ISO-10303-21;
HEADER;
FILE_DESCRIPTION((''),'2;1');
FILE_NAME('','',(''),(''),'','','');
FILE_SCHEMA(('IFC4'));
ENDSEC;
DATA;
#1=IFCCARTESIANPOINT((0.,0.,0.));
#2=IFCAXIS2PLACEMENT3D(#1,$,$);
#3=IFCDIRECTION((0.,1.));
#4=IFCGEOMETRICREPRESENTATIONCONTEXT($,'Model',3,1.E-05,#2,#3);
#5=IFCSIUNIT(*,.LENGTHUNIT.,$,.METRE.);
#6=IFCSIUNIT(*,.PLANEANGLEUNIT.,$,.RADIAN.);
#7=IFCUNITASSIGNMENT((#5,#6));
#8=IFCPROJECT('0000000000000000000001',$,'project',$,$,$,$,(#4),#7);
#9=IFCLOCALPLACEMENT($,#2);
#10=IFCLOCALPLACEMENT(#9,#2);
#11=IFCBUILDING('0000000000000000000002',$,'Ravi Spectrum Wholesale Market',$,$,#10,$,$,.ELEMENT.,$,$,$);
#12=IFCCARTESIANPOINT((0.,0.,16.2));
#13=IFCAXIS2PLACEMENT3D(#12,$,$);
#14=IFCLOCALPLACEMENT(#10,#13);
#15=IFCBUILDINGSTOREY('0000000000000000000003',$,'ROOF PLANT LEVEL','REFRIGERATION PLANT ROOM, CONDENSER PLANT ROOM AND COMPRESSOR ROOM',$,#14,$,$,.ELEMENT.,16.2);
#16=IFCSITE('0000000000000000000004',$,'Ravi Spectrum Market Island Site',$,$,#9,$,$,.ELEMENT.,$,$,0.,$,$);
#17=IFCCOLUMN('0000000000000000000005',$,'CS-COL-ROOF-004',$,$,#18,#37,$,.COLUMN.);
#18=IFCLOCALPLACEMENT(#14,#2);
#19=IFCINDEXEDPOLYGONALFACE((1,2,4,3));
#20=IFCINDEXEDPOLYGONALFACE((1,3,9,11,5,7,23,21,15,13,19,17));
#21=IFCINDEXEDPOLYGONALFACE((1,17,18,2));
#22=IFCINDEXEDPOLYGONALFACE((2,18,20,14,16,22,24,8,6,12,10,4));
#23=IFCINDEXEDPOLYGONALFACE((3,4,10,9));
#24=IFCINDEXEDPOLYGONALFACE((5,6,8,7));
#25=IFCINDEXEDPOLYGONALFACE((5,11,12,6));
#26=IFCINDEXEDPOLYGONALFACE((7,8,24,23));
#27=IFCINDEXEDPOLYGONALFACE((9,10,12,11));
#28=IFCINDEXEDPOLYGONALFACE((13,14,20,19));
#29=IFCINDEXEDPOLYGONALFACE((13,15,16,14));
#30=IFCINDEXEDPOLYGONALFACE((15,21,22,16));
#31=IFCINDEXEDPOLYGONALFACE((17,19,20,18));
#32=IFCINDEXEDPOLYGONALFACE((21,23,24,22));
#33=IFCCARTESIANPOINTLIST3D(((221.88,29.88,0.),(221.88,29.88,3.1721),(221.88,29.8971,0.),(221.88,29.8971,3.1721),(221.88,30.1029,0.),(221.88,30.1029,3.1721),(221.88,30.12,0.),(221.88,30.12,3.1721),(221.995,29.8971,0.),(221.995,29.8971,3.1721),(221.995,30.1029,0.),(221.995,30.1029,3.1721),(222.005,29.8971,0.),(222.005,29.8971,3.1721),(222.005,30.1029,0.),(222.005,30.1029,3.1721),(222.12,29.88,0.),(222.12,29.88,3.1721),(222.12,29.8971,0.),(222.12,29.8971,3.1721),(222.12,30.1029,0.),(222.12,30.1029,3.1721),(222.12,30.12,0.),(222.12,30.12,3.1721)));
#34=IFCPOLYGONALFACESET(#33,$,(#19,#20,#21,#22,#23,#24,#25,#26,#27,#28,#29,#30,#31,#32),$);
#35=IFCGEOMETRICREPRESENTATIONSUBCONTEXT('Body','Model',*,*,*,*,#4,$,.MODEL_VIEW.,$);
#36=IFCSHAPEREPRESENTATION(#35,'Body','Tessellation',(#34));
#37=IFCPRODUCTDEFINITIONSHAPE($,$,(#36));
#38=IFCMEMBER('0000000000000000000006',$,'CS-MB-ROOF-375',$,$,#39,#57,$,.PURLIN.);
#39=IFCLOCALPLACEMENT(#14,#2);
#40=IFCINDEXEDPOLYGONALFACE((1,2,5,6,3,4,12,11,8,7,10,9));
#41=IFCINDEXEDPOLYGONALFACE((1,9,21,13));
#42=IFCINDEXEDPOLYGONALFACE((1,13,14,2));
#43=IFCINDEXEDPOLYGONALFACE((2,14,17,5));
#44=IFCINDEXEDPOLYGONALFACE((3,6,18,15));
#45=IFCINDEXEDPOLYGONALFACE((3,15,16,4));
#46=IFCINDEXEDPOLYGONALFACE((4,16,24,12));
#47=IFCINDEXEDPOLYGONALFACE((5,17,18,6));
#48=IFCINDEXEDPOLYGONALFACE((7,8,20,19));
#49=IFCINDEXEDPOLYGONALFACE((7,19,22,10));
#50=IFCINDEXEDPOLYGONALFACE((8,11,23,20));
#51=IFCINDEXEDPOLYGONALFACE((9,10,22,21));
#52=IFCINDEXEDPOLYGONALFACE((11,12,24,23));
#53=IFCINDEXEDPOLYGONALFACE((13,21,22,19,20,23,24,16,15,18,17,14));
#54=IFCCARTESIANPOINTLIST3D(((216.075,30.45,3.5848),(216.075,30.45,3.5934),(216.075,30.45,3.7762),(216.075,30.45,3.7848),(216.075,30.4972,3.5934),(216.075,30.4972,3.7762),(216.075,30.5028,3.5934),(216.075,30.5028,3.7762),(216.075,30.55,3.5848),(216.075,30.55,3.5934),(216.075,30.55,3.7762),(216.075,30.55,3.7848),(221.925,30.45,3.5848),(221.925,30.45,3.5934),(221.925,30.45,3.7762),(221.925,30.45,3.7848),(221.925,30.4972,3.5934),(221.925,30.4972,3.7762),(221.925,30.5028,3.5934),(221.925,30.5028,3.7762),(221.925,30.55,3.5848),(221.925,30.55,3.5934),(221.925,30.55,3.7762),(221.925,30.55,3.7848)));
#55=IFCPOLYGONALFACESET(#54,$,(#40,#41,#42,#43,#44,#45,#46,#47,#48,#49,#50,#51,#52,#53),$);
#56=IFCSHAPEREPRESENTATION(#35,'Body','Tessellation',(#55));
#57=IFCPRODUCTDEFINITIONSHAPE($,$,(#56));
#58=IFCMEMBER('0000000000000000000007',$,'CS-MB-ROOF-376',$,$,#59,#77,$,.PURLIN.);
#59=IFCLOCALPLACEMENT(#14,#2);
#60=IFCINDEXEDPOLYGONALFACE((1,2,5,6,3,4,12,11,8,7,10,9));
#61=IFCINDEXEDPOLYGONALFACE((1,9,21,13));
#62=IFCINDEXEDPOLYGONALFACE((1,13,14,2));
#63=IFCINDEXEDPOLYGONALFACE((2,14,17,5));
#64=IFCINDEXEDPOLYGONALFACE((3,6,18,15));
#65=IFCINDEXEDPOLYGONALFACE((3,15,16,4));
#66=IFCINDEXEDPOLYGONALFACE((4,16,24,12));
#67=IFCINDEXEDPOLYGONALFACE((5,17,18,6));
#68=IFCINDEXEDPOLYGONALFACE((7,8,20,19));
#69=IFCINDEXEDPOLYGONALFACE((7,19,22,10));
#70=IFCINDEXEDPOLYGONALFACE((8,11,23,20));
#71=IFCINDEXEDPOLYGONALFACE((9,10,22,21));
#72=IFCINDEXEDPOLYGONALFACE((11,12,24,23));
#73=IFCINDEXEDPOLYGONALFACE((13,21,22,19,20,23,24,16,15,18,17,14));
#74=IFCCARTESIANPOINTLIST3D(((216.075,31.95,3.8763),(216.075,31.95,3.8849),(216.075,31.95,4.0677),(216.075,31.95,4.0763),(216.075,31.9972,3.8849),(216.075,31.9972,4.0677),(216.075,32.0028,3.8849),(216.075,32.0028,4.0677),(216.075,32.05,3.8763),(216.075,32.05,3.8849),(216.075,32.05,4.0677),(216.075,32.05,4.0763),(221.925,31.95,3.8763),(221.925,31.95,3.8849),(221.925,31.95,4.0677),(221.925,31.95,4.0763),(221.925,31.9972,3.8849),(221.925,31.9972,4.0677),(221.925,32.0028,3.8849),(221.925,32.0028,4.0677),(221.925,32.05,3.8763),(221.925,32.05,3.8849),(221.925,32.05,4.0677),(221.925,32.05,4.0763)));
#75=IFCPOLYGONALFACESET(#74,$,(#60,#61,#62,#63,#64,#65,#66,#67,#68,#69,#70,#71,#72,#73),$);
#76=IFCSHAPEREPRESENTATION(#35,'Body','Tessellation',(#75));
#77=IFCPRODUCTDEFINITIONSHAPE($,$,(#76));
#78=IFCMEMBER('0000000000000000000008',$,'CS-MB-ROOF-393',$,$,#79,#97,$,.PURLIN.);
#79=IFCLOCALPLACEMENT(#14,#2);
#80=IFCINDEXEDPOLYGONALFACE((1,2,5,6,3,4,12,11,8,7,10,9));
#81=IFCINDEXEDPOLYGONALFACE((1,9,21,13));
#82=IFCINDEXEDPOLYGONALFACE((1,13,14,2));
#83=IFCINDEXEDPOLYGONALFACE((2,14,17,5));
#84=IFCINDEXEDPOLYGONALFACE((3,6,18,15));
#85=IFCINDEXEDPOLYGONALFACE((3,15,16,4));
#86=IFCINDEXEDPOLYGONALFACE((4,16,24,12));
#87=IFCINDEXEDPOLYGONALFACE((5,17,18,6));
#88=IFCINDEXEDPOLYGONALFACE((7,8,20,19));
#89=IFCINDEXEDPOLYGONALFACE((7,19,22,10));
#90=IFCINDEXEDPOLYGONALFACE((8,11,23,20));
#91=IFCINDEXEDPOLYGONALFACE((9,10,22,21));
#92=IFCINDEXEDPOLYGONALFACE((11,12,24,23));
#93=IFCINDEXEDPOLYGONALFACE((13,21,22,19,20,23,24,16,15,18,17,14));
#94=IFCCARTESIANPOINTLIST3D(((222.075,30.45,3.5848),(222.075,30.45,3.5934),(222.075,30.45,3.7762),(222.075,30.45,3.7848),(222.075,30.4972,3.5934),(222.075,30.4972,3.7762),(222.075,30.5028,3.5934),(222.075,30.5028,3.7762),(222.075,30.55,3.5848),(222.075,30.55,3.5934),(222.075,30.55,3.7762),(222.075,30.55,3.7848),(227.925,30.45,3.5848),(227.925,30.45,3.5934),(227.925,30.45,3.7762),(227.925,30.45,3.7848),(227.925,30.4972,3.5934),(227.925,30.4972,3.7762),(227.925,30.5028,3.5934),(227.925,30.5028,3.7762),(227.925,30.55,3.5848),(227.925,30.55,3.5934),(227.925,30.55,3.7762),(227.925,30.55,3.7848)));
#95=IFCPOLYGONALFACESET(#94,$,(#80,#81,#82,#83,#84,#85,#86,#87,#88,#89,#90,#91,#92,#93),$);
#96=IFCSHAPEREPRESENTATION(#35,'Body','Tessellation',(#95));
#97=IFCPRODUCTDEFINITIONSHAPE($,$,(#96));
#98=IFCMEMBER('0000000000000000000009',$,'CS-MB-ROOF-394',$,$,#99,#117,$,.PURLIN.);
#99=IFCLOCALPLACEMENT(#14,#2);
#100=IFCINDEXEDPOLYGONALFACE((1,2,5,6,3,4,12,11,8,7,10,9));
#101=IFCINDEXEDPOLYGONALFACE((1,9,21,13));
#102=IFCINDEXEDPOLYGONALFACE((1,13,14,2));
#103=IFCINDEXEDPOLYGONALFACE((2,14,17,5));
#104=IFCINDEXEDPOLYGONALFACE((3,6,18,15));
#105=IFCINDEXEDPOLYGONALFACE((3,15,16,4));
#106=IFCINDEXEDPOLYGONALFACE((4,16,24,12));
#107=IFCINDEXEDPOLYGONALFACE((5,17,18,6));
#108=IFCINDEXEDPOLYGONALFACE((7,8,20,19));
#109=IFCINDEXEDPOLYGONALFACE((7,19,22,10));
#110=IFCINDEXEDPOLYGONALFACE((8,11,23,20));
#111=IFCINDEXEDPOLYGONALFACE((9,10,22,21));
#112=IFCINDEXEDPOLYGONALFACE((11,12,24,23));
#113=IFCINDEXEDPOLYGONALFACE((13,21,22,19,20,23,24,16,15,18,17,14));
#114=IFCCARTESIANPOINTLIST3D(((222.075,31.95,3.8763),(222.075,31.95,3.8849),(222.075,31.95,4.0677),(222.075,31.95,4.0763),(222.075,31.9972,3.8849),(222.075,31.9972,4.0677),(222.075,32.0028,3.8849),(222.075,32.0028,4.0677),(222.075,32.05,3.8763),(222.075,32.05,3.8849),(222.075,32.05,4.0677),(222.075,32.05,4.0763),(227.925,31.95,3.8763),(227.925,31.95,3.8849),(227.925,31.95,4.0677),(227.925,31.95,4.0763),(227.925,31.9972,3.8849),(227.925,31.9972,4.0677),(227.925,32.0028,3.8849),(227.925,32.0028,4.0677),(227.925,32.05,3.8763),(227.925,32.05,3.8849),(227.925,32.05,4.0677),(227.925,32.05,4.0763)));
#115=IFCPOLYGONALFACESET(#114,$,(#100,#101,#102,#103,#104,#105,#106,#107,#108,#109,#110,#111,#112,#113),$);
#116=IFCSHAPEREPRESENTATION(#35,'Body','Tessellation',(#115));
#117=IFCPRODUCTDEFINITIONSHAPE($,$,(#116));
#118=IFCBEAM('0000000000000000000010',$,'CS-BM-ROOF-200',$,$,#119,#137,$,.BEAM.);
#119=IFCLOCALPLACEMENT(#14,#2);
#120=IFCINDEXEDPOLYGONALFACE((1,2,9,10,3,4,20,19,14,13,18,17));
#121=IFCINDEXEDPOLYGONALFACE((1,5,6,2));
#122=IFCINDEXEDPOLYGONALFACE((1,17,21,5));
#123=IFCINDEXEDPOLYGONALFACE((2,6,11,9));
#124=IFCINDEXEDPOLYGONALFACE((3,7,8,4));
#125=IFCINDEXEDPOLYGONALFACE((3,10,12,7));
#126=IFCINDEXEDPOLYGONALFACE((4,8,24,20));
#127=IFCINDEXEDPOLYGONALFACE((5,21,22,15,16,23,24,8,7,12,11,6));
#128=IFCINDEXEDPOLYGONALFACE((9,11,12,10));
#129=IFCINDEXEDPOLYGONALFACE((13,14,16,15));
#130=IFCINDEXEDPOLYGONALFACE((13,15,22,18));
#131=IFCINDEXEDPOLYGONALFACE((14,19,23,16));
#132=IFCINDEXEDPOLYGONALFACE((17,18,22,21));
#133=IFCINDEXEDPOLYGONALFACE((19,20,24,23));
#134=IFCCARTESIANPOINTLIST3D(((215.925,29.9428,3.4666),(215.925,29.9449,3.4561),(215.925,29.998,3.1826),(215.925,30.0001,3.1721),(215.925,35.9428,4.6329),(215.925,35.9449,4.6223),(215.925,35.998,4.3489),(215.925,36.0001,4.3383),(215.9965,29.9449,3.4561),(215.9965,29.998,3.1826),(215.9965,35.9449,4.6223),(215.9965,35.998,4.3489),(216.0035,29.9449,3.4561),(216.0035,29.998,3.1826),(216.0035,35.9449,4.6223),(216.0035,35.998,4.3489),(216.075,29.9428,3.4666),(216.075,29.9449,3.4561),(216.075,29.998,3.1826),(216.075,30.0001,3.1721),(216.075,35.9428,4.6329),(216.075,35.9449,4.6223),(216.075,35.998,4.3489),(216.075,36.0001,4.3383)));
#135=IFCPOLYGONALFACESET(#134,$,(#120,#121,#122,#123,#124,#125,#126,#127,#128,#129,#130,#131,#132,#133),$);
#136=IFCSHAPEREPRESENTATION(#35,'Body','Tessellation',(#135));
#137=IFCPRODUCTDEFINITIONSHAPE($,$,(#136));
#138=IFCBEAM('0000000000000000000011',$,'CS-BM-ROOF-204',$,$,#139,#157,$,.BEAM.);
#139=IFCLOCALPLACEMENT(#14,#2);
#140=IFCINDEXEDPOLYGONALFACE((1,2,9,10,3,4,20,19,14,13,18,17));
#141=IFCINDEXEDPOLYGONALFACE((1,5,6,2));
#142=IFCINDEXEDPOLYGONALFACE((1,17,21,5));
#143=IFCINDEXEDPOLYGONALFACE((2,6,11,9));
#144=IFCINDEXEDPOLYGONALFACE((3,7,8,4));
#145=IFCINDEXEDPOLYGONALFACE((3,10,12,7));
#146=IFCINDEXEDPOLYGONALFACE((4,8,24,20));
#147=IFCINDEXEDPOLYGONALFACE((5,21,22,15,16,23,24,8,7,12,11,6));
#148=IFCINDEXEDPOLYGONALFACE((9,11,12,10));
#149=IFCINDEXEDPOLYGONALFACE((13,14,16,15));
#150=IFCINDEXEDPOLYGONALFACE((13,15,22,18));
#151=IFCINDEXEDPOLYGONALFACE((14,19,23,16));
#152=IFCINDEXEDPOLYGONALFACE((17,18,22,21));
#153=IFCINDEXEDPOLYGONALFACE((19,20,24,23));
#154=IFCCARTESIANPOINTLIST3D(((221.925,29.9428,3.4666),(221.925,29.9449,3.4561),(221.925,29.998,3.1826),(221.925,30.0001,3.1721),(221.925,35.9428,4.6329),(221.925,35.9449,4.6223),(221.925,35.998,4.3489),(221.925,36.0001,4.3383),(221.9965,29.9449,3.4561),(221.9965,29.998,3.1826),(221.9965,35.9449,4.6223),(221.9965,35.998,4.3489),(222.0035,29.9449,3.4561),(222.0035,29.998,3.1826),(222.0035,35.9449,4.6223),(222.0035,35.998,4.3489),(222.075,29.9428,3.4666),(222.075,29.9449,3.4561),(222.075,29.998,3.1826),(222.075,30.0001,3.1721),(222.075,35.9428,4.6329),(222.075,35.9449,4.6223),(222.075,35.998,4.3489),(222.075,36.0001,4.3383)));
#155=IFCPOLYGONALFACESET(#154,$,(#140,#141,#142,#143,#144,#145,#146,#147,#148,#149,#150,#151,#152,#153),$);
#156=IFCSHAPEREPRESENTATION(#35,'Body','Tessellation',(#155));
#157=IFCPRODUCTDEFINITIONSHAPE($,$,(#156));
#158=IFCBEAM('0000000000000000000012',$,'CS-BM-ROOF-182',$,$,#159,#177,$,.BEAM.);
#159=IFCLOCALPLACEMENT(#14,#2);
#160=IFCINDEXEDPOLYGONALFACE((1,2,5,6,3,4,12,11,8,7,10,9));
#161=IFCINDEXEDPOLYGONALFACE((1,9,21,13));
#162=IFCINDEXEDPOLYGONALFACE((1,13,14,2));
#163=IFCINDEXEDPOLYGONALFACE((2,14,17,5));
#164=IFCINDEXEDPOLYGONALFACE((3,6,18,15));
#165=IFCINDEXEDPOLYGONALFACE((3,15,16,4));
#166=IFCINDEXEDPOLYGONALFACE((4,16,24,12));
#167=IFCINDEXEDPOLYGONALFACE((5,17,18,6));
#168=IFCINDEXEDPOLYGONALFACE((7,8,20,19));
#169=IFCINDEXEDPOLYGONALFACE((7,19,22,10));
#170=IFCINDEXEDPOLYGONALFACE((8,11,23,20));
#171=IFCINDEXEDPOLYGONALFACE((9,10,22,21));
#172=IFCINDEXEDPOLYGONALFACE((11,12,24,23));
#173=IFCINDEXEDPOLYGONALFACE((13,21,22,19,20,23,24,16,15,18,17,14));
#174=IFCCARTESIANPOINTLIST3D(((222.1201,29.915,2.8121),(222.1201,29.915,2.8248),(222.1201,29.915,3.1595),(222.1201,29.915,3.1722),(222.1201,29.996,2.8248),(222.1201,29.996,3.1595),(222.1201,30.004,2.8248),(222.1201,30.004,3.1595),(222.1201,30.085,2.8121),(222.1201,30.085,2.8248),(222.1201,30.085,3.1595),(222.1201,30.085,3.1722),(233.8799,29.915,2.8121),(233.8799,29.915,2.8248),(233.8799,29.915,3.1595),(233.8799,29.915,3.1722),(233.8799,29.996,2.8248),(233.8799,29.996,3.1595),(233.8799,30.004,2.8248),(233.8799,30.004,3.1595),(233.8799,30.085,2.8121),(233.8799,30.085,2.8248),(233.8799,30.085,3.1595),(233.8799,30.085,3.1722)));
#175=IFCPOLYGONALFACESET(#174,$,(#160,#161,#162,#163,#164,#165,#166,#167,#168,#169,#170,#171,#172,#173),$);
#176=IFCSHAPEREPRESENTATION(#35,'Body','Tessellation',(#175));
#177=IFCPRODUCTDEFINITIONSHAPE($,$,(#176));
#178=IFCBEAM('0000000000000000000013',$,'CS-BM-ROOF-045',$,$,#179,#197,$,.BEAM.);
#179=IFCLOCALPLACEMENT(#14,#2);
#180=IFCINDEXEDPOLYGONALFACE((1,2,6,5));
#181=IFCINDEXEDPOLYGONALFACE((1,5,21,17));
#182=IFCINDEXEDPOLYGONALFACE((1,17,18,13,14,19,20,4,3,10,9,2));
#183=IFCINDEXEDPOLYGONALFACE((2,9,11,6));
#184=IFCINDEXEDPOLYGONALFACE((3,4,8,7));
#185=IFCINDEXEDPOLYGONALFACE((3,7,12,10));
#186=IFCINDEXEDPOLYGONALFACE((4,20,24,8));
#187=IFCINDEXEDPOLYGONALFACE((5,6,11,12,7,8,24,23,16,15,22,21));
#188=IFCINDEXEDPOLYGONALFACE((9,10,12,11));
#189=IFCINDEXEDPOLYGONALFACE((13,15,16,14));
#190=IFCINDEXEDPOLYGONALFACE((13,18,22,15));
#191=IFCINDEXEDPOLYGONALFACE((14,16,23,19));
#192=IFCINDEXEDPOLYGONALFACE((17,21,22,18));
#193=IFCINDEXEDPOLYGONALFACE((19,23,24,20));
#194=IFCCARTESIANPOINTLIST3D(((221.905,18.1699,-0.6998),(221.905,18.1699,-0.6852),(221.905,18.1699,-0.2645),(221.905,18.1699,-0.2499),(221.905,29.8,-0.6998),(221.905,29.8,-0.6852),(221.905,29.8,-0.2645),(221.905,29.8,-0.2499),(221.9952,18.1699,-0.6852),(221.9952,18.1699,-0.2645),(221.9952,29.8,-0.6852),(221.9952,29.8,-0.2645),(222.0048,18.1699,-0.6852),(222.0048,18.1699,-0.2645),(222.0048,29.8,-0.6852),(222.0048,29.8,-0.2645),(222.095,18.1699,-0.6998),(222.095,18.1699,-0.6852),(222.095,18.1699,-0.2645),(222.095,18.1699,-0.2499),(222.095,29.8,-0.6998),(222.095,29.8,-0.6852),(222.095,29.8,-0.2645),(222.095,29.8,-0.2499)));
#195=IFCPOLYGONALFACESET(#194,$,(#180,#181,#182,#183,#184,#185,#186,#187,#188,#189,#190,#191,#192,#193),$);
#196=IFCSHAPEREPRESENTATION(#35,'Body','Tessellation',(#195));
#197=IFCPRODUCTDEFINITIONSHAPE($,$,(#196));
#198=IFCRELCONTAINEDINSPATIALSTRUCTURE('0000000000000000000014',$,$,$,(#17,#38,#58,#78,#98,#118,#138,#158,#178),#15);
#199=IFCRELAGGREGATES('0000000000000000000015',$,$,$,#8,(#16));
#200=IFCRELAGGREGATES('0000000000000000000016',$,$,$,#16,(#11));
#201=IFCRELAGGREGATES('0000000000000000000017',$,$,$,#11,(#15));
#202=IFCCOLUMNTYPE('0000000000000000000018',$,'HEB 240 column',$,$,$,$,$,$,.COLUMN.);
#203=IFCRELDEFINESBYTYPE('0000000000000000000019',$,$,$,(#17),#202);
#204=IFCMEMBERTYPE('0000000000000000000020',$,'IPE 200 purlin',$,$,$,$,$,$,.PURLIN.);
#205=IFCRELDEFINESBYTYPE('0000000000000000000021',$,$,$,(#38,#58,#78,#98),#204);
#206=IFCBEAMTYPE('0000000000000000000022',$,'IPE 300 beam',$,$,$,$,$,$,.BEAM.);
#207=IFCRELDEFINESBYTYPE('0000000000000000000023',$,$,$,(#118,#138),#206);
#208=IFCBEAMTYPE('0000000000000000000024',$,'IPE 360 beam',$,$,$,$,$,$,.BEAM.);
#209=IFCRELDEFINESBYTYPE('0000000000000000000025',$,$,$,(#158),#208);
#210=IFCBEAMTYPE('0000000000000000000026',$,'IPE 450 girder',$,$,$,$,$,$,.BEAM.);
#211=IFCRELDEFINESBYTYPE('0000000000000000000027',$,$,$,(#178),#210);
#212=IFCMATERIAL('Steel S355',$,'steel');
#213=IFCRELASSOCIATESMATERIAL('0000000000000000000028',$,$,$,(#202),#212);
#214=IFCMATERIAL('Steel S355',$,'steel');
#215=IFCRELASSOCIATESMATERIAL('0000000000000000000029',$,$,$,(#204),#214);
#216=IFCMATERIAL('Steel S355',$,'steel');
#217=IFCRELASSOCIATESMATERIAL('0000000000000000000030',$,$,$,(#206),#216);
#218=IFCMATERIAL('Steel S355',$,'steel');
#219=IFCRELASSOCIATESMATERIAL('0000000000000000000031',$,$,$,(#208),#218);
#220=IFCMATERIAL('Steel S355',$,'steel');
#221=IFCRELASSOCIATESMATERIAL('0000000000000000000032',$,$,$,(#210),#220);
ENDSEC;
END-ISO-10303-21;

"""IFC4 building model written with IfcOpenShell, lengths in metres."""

from ifc_helpers import new_model, si_unit, direction, frame, origin, origin_2d, place, context, subcontext, project, spatial, i_section, extrude, material, material_profile, profile_set, type_object, element, save


model = new_model("IFC4")

# Units and contexts
model_context = context("Model", 3, precision=1e-05, world=origin(), true_north=direction((0.0, 1.0)))
body_context = subcontext(model_context, "Body", "Model", "MODEL_VIEW")
ifc_project = project(units=[si_unit("LENGTHUNIT", "METRE"), si_unit("PLANEANGLEUNIT", "RADIAN")], contexts=[model_context])

# Site, building, storey
site_placement = place(None, origin())
site = spatial("IfcSite", under=ifc_project, at=site_placement, Name="Ravi Spectrum Market Island Site", CompositionType="ELEMENT", RefElevation=0.0)
building_placement = place(site_placement, origin())
building = spatial("IfcBuilding", under=site, at=building_placement, Name="Ravi Spectrum Wholesale Market", CompositionType="ELEMENT")
storey_placement = place(building_placement, frame((0.0, 0.0, 16.2)))
storey = spatial("IfcBuildingStorey", under=building, at=storey_placement, Name="ROOF PLANT LEVEL", Description="REFRIGERATION PLANT ROOM, CONDENSER PLANT ROOM AND COMPRESSOR ROOM", CompositionType="ELEMENT", Elevation=16.2)

# Column
ifc_material_1 = material(Name="Steel S355", Category="steel")
ifc_material_profile_1 = material_profile(ifc_material_1, i_section(OverallWidth=0.24, OverallDepth=0.24, WebThickness=0.01, FlangeThickness=0.0171, at=origin_2d()))
ifc_profile_set_1 = profile_set([ifc_material_profile_1], Name="Steel S355")
column_type = type_object("IfcColumnType", Name="HEB 240 column", PredefinedType="COLUMN", material=ifc_profile_set_1)
column_placement = place(storey_placement, frame((222.0, 30.0, 0.0), z_axis=(0.0, 0.0, 1.0), x_axis=(1.0, 0.0, 0.0)))
element("IfcColumn", 1, at=column_placement, inside=storey, type_object=column_type, Name="CS-COL-ROOF-004", PredefinedType="COLUMN", context=body_context, shape_type="SweptSolid", body=[
    extrude(i_section(OverallWidth=0.24, OverallDepth=0.24, WebThickness=0.01, FlangeThickness=0.0171, at=origin_2d()), origin(), (0.0, 0.0, 1.0), 3.1721),
])

# Members
ifc_material_2 = material(Name="Steel S355", Category="steel")
ifc_material_profile_2 = material_profile(ifc_material_2, i_section(OverallWidth=0.1001, OverallDepth=0.2, WebThickness=0.0056, FlangeThickness=0.0085, at=origin_2d()))
ifc_profile_set_2 = profile_set([ifc_material_profile_2], Name="Steel S355")
member_type = type_object("IfcMemberType", Name="IPE 200 purlin", PredefinedType="PURLIN", material=ifc_profile_set_2)
for number, where, z_axis, x_axis, name in (
    (2, (216.075, 30.5, 3.6848), (1.0, 0.0, 0.0), (0.0, 1.0, 0.0), "CS-MB-ROOF-375"),
    (3, (216.075, 32.0, 3.9763), (1.0, 0.0, 0.0), (0.0, 1.0, 0.0), "CS-MB-ROOF-376"),
    (4, (222.075, 30.5, 3.6848), (1.0, 0.0, 0.0), (0.0, 1.0, 0.0), "CS-MB-ROOF-393"),
    (5, (222.075, 32.0, 3.9763), (1.0, 0.0, 0.0), (0.0, 1.0, 0.0), "CS-MB-ROOF-394"),
):
    element("IfcMember", number, at=place(storey_placement, frame(where, z_axis=z_axis, x_axis=x_axis)), inside=storey, type_object=member_type, Name=name, PredefinedType="PURLIN", context=body_context, shape_type="SweptSolid", body=[
        extrude(i_section(OverallWidth=0.1001, OverallDepth=0.2, WebThickness=0.0056, FlangeThickness=0.0085, at=origin_2d()), origin(), (0.0, 0.0, 1.0), 5.8501),
    ])

# Beams
ifc_material_3 = material(Name="Steel S355", Category="steel")
ifc_material_profile_3 = material_profile(ifc_material_3, i_section(OverallWidth=0.1499, OverallDepth=0.3, WebThickness=0.0071, FlangeThickness=0.0107, at=origin_2d()))
ifc_profile_set_3 = profile_set([ifc_material_profile_3], Name="Steel S355")
beam_type_1 = type_object("IfcBeamType", Name="IPE 300 beam", PredefinedType="BEAM", material=ifc_profile_set_3)
for number, where, z_axis, x_axis, name in (
    (6, (216.0, 29.9714, 3.3193), (0.0, 0.981628, 0.190806), (-1.0, 0.0, 0.0), "CS-BM-ROOF-200"),
    (7, (222.0, 29.9714, 3.3193), (0.0, 0.981628, 0.190806), (-1.0, 0.0, 0.0), "CS-BM-ROOF-204"),
):
    element("IfcBeam", number, at=place(storey_placement, frame(where, z_axis=z_axis, x_axis=x_axis)), inside=storey, type_object=beam_type_1, Name=name, PredefinedType="BEAM", context=body_context, shape_type="SweptSolid", body=[
        extrude(i_section(OverallWidth=0.1499, OverallDepth=0.3, WebThickness=0.0071, FlangeThickness=0.0107, at=origin_2d()), origin(), (0.0, 0.0, 1.0), 6.1123),
    ])
ifc_material_4 = material(Name="Steel S355", Category="steel")
ifc_material_profile_4 = material_profile(ifc_material_4, i_section(OverallWidth=0.1699, OverallDepth=0.3601, WebThickness=0.0081, FlangeThickness=0.0127, at=origin_2d()))
ifc_profile_set_4 = profile_set([ifc_material_profile_4], Name="Steel S355")
beam_type_2 = type_object("IfcBeamType", Name="IPE 360 beam", PredefinedType="BEAM", material=ifc_profile_set_4)
beam_1_placement = place(storey_placement, frame((222.1201, 30.0, 2.9922), z_axis=(1.0, 0.0, 0.0), x_axis=(0.0, 1.0, 0.0)))
element("IfcBeam", 8, at=beam_1_placement, inside=storey, type_object=beam_type_2, Name="CS-BM-ROOF-182", PredefinedType="BEAM", context=body_context, shape_type="SweptSolid", body=[
    extrude(i_section(OverallWidth=0.1699, OverallDepth=0.3601, WebThickness=0.0081, FlangeThickness=0.0127, at=origin_2d()), origin(), (0.0, 0.0, 1.0), 11.7598),
])
ifc_material_5 = material(Name="Steel S355", Category="steel")
ifc_material_profile_5 = material_profile(ifc_material_5, i_section(OverallWidth=0.1899, OverallDepth=0.45, WebThickness=0.0095, FlangeThickness=0.0146, at=origin_2d()))
ifc_profile_set_5 = profile_set([ifc_material_profile_5], Name="Steel S355")
beam_type_3 = type_object("IfcBeamType", Name="IPE 450 girder", PredefinedType="BEAM", material=ifc_profile_set_5)
beam_2_placement = place(storey_placement, frame((222.0, 18.1699, -0.4749), z_axis=(0.0, 1.0, 0.0), x_axis=(-1.0, 0.0, 0.0)))
element("IfcBeam", 9, at=beam_2_placement, inside=storey, type_object=beam_type_3, Name="CS-BM-ROOF-045", PredefinedType="BEAM", context=body_context, shape_type="SweptSolid", body=[
    extrude(i_section(OverallWidth=0.1899, OverallDepth=0.45, WebThickness=0.0095, FlangeThickness=0.0146, at=origin_2d()), origin(), (0.0, 0.0, 1.0), 11.6301),
])

save(model, "model.ifc")
